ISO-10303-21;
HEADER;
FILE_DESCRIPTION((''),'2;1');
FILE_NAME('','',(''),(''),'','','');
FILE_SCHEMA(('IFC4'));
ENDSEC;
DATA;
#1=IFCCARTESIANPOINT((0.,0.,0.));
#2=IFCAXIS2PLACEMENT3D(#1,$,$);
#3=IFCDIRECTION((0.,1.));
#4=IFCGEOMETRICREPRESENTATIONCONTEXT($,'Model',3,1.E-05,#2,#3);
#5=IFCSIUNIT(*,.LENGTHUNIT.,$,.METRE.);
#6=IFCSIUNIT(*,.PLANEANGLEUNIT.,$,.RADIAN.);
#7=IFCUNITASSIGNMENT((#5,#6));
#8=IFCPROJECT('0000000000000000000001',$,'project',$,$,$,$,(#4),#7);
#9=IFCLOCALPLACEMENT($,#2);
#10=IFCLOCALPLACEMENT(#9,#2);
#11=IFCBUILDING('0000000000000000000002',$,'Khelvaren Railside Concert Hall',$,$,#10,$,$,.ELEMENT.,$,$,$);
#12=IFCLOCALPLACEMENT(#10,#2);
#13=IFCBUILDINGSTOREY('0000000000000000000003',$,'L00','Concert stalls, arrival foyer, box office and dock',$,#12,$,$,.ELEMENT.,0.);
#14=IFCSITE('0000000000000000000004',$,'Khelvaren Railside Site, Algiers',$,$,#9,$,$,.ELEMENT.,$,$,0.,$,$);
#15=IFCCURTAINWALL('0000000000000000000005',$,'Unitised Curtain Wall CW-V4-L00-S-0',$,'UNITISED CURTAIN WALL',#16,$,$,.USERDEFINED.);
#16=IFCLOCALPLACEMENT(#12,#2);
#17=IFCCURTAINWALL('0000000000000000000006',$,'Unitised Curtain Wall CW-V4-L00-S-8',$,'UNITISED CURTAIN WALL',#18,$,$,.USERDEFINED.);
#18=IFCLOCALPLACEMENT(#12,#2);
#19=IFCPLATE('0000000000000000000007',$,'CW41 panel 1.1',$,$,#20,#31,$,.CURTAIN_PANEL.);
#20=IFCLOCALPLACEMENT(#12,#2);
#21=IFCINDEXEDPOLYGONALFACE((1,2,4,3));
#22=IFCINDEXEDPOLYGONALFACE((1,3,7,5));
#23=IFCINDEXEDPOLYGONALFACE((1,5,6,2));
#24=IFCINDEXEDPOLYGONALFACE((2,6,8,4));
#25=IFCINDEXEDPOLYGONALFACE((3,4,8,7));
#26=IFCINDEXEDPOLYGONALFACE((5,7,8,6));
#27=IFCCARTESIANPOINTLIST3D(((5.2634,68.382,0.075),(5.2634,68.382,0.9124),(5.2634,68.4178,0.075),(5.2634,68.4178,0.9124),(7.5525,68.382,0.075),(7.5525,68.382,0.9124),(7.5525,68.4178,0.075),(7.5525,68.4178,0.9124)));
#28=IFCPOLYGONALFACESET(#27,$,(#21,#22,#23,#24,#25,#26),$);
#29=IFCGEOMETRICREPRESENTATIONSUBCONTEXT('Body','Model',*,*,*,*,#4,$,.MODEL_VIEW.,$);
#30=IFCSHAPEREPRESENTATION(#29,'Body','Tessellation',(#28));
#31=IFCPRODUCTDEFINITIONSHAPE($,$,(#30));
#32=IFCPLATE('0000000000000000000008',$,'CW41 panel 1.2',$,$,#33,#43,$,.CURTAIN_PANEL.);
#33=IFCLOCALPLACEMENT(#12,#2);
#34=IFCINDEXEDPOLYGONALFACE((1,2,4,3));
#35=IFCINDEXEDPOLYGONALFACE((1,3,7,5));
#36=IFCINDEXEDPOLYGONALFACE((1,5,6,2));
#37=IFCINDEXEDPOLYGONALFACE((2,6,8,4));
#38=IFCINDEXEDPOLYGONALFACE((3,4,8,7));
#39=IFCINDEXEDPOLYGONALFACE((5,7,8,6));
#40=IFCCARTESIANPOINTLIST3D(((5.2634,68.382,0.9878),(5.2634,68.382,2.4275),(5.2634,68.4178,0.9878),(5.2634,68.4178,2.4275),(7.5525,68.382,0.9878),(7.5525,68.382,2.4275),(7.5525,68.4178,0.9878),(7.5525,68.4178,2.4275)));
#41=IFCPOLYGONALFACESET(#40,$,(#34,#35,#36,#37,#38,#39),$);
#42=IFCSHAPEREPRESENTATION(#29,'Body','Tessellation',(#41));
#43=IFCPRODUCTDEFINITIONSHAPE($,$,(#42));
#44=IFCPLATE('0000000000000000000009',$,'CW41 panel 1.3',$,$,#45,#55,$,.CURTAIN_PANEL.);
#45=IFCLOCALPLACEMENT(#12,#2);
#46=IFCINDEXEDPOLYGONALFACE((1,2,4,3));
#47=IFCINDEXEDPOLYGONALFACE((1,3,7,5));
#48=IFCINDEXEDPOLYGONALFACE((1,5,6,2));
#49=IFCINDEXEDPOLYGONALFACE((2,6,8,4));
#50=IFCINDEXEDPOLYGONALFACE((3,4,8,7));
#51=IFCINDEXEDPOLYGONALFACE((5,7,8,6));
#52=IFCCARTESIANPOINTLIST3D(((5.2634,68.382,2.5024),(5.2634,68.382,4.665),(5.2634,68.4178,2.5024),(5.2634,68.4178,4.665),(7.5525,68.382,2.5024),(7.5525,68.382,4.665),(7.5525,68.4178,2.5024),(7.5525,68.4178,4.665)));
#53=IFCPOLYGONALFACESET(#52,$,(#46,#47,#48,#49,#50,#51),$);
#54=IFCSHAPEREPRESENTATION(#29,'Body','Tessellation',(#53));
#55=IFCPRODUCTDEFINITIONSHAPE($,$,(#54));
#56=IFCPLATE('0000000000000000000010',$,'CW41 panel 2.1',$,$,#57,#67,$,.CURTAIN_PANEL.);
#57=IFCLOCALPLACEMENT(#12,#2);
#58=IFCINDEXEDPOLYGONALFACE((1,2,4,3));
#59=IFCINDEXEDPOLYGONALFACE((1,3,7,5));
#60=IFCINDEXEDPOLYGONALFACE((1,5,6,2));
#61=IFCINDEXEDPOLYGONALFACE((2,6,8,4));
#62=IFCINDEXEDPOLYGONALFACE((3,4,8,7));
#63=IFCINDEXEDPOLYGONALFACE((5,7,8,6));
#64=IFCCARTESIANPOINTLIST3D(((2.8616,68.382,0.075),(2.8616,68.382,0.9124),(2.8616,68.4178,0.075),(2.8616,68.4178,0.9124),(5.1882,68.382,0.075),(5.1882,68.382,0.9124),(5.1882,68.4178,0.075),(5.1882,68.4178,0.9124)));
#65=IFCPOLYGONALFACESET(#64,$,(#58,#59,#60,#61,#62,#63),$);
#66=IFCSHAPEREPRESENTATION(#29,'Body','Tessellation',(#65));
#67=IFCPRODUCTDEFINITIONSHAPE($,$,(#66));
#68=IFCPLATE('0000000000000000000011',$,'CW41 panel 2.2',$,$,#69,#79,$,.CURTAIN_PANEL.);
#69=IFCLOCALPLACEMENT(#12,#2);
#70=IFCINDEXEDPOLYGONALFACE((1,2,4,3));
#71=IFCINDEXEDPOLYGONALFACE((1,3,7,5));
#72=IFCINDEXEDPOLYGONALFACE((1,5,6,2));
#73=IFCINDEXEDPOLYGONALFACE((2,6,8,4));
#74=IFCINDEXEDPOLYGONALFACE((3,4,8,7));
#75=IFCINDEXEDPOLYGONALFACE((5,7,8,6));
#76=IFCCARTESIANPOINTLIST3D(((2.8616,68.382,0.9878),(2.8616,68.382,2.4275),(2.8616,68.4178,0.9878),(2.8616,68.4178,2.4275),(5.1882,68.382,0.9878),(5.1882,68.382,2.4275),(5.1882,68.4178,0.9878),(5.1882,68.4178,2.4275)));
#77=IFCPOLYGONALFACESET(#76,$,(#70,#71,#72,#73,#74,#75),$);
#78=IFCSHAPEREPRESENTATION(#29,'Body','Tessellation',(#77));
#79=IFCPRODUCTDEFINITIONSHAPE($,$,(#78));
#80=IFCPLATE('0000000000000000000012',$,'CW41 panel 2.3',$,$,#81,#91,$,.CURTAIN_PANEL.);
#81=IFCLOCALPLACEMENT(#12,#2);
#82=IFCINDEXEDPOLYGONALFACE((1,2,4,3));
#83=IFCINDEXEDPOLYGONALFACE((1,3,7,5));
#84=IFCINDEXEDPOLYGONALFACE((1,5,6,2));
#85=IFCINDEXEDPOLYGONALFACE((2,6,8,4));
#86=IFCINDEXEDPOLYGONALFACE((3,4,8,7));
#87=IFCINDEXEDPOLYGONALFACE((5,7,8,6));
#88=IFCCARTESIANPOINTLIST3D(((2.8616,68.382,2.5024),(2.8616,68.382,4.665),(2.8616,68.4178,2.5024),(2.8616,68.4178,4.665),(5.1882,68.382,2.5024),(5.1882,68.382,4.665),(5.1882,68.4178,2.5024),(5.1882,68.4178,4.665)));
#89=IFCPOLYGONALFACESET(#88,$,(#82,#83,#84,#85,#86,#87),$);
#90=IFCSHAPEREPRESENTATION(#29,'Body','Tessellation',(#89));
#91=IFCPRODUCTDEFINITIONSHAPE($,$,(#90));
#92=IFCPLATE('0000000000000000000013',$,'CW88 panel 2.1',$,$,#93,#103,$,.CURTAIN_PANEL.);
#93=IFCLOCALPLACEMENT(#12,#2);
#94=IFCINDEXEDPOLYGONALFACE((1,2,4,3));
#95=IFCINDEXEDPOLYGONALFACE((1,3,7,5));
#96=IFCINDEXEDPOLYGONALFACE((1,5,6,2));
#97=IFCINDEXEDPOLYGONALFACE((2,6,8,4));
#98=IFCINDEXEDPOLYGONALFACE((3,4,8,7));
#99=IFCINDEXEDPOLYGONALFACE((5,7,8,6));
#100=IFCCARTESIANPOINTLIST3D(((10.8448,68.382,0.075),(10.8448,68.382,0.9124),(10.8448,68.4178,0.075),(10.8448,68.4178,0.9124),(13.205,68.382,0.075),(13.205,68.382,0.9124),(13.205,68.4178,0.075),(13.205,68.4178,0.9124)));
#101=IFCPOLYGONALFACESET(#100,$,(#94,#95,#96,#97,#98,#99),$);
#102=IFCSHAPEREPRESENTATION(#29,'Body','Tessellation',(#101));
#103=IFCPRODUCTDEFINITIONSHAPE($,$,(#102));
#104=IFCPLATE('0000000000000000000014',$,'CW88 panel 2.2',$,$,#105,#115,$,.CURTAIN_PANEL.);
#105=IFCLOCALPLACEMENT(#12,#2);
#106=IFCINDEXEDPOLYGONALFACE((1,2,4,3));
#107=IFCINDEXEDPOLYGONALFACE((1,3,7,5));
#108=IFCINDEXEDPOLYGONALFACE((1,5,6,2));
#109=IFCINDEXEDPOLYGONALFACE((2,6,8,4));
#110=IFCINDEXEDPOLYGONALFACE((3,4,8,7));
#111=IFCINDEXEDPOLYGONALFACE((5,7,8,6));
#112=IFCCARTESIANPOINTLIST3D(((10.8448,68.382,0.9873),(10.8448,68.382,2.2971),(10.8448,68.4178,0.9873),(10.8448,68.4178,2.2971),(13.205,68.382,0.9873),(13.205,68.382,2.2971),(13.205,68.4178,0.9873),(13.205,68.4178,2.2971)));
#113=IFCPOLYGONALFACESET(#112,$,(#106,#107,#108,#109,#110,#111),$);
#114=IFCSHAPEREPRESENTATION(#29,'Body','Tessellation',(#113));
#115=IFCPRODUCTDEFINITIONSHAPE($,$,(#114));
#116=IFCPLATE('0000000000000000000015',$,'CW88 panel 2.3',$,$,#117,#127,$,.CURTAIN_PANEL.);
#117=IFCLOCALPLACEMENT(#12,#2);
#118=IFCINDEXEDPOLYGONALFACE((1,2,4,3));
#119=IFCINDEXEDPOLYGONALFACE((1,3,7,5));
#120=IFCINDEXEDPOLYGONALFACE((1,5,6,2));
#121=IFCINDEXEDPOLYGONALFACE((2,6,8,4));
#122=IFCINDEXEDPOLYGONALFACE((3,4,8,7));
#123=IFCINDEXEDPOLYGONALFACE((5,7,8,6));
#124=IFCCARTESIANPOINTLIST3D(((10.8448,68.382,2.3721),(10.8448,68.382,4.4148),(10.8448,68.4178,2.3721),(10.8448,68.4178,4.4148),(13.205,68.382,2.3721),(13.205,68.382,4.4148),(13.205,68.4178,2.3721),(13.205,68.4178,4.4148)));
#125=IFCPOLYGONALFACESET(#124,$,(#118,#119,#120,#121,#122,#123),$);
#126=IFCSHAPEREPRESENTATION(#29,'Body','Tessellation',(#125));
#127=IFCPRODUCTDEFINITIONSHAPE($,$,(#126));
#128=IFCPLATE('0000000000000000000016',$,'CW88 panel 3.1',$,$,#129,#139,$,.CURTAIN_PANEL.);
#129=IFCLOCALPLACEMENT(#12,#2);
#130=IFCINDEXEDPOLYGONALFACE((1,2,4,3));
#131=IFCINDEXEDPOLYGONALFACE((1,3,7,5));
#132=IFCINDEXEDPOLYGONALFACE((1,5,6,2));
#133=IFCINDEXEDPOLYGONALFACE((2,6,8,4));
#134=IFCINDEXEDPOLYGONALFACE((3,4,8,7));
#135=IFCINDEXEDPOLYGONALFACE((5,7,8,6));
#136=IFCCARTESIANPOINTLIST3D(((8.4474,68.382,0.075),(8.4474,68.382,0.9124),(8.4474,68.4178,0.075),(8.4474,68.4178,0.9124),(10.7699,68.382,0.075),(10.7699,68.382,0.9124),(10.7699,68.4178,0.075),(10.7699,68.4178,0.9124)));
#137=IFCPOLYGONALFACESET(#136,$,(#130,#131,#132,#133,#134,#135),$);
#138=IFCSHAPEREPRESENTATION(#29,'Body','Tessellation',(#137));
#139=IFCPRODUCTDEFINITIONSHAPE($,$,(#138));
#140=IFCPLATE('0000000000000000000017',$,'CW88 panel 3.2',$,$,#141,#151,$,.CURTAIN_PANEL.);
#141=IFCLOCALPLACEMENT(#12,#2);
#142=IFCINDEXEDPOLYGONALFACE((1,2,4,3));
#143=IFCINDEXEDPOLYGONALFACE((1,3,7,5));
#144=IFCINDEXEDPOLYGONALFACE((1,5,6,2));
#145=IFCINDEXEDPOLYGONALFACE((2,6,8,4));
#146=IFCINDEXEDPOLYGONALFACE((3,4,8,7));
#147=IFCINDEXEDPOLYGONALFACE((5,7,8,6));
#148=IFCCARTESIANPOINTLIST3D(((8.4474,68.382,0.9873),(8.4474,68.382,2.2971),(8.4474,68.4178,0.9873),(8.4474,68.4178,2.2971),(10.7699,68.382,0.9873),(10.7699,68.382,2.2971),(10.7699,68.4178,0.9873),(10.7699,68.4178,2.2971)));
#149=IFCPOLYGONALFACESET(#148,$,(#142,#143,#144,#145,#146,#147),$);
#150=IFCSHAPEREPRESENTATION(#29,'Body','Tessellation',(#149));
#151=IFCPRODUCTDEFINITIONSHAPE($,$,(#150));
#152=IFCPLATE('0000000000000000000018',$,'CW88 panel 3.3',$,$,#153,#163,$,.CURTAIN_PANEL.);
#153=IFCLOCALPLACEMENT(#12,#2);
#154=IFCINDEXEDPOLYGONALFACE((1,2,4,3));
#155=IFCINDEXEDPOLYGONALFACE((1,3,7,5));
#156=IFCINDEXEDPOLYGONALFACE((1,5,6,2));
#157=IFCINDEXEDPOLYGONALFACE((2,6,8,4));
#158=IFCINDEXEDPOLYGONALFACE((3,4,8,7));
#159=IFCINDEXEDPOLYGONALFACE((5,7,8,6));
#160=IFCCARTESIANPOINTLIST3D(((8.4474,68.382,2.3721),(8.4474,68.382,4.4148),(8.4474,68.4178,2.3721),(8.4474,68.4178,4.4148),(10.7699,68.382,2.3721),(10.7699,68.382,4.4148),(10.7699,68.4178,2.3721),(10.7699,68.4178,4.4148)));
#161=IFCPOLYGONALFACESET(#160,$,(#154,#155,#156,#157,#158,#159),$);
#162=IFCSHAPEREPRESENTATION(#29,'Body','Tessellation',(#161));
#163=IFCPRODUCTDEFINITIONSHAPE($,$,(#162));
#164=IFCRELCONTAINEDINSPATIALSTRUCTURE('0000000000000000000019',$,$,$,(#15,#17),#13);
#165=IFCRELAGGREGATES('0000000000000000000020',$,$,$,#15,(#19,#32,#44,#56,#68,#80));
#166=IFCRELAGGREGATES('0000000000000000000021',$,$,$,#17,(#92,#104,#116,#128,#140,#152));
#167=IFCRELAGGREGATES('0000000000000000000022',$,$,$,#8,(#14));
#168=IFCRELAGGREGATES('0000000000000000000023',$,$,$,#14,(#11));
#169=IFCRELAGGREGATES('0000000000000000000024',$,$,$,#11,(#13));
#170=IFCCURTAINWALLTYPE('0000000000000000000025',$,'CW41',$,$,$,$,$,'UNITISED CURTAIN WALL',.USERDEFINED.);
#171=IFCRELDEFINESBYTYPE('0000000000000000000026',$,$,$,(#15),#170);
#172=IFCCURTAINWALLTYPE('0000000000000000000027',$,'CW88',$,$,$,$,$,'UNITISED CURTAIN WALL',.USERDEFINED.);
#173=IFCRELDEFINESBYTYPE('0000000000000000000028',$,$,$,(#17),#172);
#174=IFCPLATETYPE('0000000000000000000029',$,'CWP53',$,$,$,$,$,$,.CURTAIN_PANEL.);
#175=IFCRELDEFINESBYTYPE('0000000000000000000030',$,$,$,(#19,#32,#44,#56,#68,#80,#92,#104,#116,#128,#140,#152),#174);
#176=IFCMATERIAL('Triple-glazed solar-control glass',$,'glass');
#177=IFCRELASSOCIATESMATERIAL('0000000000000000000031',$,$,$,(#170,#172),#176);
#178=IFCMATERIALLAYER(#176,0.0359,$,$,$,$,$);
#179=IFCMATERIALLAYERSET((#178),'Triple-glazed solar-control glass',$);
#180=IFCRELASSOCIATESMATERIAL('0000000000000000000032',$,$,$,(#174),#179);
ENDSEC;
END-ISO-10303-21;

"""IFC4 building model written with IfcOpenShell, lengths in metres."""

from ifc_helpers import new_model, si_unit, direction, frame, origin, origin_2d, place, context, subcontext, project, spatial, rectangle, extrude, material, layer, layer_set, type_object, element, aggregate, save


model = new_model("IFC4")

# Units and contexts
model_context = context("Model", 3, precision=1e-05, world=origin(), true_north=direction((0.0, 1.0)))
body_context = subcontext(model_context, "Body", "Model", "MODEL_VIEW")
ifc_project = project(units=[si_unit("LENGTHUNIT", "METRE"), si_unit("PLANEANGLEUNIT", "RADIAN")], contexts=[model_context])

# Site, building, storey
site_placement = place(None, origin())
site = spatial("IfcSite", under=ifc_project, at=site_placement, Name="Khelvaren Railside Site, Algiers", CompositionType="ELEMENT", RefElevation=0.0)
building_placement = place(site_placement, origin())
building = spatial("IfcBuilding", under=site, at=building_placement, Name="Khelvaren Railside Concert Hall", CompositionType="ELEMENT")
storey_placement = place(building_placement, origin())
storey = spatial("IfcBuildingStorey", under=building, at=storey_placement, Name="L00", Description="Concert stalls, arrival foyer, box office and dock", CompositionType="ELEMENT", Elevation=0.0)

# Curtain walls
ifc_material_1 = material(Name="Triple-glazed solar-control glass", Category="glass")
curtain_wall_type_1 = type_object("IfcCurtainWallType", Name="CW41", ElementType="UNITISED CURTAIN WALL", PredefinedType="USERDEFINED", material=ifc_material_1)
curtain_wall_1_placement = place(storey_placement, origin())
curtain_wall_1 = element("IfcCurtainWall", 1, at=curtain_wall_1_placement, inside=storey, type_object=curtain_wall_type_1, Name="Unitised Curtain Wall CW-V4-L00-S-0", ObjectType="UNITISED CURTAIN WALL", PredefinedType="USERDEFINED")
curtain_wall_type_2 = type_object("IfcCurtainWallType", Name="CW88", ElementType="UNITISED CURTAIN WALL", PredefinedType="USERDEFINED", material=ifc_material_1)
curtain_wall_2_placement = place(storey_placement, origin())
curtain_wall_2 = element("IfcCurtainWall", 2, at=curtain_wall_2_placement, inside=storey, type_object=curtain_wall_type_2, Name="Unitised Curtain Wall CW-V4-L00-S-8", ObjectType="UNITISED CURTAIN WALL", PredefinedType="USERDEFINED")

# Plates
ifc_layer = layer(ifc_material_1, 0.0359)
ifc_layer_set = layer_set([ifc_layer], Name="Triple-glazed solar-control glass")
plate_type = type_object("IfcPlateType", Name="CWP53", PredefinedType="CURTAIN_PANEL", material=ifc_layer_set)
plate_1_placement = place(storey_placement, frame((6.408, 68.3999, 0.075), z_axis=(0.0, 0.0, 1.0), x_axis=(-1.0, 0.0, 0.0)))
plate_1 = element("IfcPlate", 3, at=plate_1_placement, type_object=plate_type, Name="CW41 panel 1.1", PredefinedType="CURTAIN_PANEL", context=body_context, shape_type="SweptSolid", body=[
    extrude(rectangle(XDim=2.2891, YDim=0.0359, at=origin_2d()), origin(), (0.0, 0.0, 1.0), 0.8374),
])
plate_2_placement = place(storey_placement, frame((6.408, 68.3999, 0.9878), z_axis=(0.0, 0.0, 1.0), x_axis=(-1.0, 0.0, 0.0)))
plate_2 = element("IfcPlate", 4, at=plate_2_placement, type_object=plate_type, Name="CW41 panel 1.2", PredefinedType="CURTAIN_PANEL", context=body_context, shape_type="SweptSolid", body=[
    extrude(rectangle(XDim=2.2891, YDim=0.0359, at=origin_2d()), origin(), (0.0, 0.0, 1.0), 1.4397),
])
plate_3_placement = place(storey_placement, frame((6.408, 68.3999, 2.5024), z_axis=(0.0, 0.0, 1.0), x_axis=(-1.0, 0.0, 0.0)))
plate_3 = element("IfcPlate", 5, at=plate_3_placement, type_object=plate_type, Name="CW41 panel 1.3", PredefinedType="CURTAIN_PANEL", context=body_context, shape_type="SweptSolid", body=[
    extrude(rectangle(XDim=2.2891, YDim=0.0359, at=origin_2d()), origin(), (0.0, 0.0, 1.0), 2.1626),
])
plate_4_placement = place(storey_placement, frame((4.0249, 68.3999, 0.075), z_axis=(0.0, 0.0, 1.0), x_axis=(-1.0, 0.0, 0.0)))
plate_4 = element("IfcPlate", 6, at=plate_4_placement, type_object=plate_type, Name="CW41 panel 2.1", PredefinedType="CURTAIN_PANEL", context=body_context, shape_type="SweptSolid", body=[
    extrude(rectangle(XDim=2.3267, YDim=0.0359, at=origin_2d()), origin(), (0.0, 0.0, 1.0), 0.8374),
])
plate_5_placement = place(storey_placement, frame((4.0249, 68.3999, 0.9878), z_axis=(0.0, 0.0, 1.0), x_axis=(-1.0, 0.0, 0.0)))
plate_5 = element("IfcPlate", 7, at=plate_5_placement, type_object=plate_type, Name="CW41 panel 2.2", PredefinedType="CURTAIN_PANEL", context=body_context, shape_type="SweptSolid", body=[
    extrude(rectangle(XDim=2.3267, YDim=0.0359, at=origin_2d()), origin(), (0.0, 0.0, 1.0), 1.4397),
])
plate_6_placement = place(storey_placement, frame((4.0249, 68.3999, 2.5024), z_axis=(0.0, 0.0, 1.0), x_axis=(-1.0, 0.0, 0.0)))
plate_6 = element("IfcPlate", 8, at=plate_6_placement, type_object=plate_type, Name="CW41 panel 2.3", PredefinedType="CURTAIN_PANEL", context=body_context, shape_type="SweptSolid", body=[
    extrude(rectangle(XDim=2.3267, YDim=0.0359, at=origin_2d()), origin(), (0.0, 0.0, 1.0), 2.1626),
])
aggregate(curtain_wall_1, [plate_1, plate_2, plate_3, plate_4, plate_5, plate_6])
plate_7_placement = place(storey_placement, frame((12.0249, 68.3999, 0.075), z_axis=(0.0, 0.0, 1.0), x_axis=(-1.0, 0.0, 0.0)))
plate_7 = element("IfcPlate", 9, at=plate_7_placement, type_object=plate_type, Name="CW88 panel 2.1", PredefinedType="CURTAIN_PANEL", context=body_context, shape_type="SweptSolid", body=[
    extrude(rectangle(XDim=2.3601, YDim=0.0359, at=origin_2d()), origin(), (0.0, 0.0, 1.0), 0.8374),
])
plate_8_placement = place(storey_placement, frame((12.0249, 68.3999, 0.9873), z_axis=(0.0, 0.0, 1.0), x_axis=(-1.0, 0.0, 0.0)))
plate_8 = element("IfcPlate", 10, at=plate_8_placement, type_object=plate_type, Name="CW88 panel 2.2", PredefinedType="CURTAIN_PANEL", context=body_context, shape_type="SweptSolid", body=[
    extrude(rectangle(XDim=2.3601, YDim=0.0359, at=origin_2d()), origin(), (0.0, 0.0, 1.0), 1.3098),
])
plate_9_placement = place(storey_placement, frame((12.0249, 68.3999, 2.3721), z_axis=(0.0, 0.0, 1.0), x_axis=(-1.0, 0.0, 0.0)))
plate_9 = element("IfcPlate", 11, at=plate_9_placement, type_object=plate_type, Name="CW88 panel 2.3", PredefinedType="CURTAIN_PANEL", context=body_context, shape_type="SweptSolid", body=[
    extrude(rectangle(XDim=2.3601, YDim=0.0359, at=origin_2d()), origin(), (0.0, 0.0, 1.0), 2.0427),
])
plate_10_placement = place(storey_placement, frame((9.6086, 68.3999, 0.075), z_axis=(0.0, 0.0, 1.0), x_axis=(-1.0, 0.0, 0.0)))
plate_10 = element("IfcPlate", 12, at=plate_10_placement, type_object=plate_type, Name="CW88 panel 3.1", PredefinedType="CURTAIN_PANEL", context=body_context, shape_type="SweptSolid", body=[
    extrude(rectangle(XDim=2.3225, YDim=0.0359, at=origin_2d()), origin(), (0.0, 0.0, 1.0), 0.8374),
])
plate_11_placement = place(storey_placement, frame((9.6086, 68.3999, 0.9873), z_axis=(0.0, 0.0, 1.0), x_axis=(-1.0, 0.0, 0.0)))
plate_11 = element("IfcPlate", 13, at=plate_11_placement, type_object=plate_type, Name="CW88 panel 3.2", PredefinedType="CURTAIN_PANEL", context=body_context, shape_type="SweptSolid", body=[
    extrude(rectangle(XDim=2.3225, YDim=0.0359, at=origin_2d()), origin(), (0.0, 0.0, 1.0), 1.3098),
])
plate_12_placement = place(storey_placement, frame((9.6086, 68.3999, 2.3721), z_axis=(0.0, 0.0, 1.0), x_axis=(-1.0, 0.0, 0.0)))
plate_12 = element("IfcPlate", 14, at=plate_12_placement, type_object=plate_type, Name="CW88 panel 3.3", PredefinedType="CURTAIN_PANEL", context=body_context, shape_type="SweptSolid", body=[
    extrude(rectangle(XDim=2.3225, YDim=0.0359, at=origin_2d()), origin(), (0.0, 0.0, 1.0), 2.0427),
])
aggregate(curtain_wall_2, [plate_7, plate_8, plate_9, plate_10, plate_11, plate_12])

save(model, "model.ifc")
